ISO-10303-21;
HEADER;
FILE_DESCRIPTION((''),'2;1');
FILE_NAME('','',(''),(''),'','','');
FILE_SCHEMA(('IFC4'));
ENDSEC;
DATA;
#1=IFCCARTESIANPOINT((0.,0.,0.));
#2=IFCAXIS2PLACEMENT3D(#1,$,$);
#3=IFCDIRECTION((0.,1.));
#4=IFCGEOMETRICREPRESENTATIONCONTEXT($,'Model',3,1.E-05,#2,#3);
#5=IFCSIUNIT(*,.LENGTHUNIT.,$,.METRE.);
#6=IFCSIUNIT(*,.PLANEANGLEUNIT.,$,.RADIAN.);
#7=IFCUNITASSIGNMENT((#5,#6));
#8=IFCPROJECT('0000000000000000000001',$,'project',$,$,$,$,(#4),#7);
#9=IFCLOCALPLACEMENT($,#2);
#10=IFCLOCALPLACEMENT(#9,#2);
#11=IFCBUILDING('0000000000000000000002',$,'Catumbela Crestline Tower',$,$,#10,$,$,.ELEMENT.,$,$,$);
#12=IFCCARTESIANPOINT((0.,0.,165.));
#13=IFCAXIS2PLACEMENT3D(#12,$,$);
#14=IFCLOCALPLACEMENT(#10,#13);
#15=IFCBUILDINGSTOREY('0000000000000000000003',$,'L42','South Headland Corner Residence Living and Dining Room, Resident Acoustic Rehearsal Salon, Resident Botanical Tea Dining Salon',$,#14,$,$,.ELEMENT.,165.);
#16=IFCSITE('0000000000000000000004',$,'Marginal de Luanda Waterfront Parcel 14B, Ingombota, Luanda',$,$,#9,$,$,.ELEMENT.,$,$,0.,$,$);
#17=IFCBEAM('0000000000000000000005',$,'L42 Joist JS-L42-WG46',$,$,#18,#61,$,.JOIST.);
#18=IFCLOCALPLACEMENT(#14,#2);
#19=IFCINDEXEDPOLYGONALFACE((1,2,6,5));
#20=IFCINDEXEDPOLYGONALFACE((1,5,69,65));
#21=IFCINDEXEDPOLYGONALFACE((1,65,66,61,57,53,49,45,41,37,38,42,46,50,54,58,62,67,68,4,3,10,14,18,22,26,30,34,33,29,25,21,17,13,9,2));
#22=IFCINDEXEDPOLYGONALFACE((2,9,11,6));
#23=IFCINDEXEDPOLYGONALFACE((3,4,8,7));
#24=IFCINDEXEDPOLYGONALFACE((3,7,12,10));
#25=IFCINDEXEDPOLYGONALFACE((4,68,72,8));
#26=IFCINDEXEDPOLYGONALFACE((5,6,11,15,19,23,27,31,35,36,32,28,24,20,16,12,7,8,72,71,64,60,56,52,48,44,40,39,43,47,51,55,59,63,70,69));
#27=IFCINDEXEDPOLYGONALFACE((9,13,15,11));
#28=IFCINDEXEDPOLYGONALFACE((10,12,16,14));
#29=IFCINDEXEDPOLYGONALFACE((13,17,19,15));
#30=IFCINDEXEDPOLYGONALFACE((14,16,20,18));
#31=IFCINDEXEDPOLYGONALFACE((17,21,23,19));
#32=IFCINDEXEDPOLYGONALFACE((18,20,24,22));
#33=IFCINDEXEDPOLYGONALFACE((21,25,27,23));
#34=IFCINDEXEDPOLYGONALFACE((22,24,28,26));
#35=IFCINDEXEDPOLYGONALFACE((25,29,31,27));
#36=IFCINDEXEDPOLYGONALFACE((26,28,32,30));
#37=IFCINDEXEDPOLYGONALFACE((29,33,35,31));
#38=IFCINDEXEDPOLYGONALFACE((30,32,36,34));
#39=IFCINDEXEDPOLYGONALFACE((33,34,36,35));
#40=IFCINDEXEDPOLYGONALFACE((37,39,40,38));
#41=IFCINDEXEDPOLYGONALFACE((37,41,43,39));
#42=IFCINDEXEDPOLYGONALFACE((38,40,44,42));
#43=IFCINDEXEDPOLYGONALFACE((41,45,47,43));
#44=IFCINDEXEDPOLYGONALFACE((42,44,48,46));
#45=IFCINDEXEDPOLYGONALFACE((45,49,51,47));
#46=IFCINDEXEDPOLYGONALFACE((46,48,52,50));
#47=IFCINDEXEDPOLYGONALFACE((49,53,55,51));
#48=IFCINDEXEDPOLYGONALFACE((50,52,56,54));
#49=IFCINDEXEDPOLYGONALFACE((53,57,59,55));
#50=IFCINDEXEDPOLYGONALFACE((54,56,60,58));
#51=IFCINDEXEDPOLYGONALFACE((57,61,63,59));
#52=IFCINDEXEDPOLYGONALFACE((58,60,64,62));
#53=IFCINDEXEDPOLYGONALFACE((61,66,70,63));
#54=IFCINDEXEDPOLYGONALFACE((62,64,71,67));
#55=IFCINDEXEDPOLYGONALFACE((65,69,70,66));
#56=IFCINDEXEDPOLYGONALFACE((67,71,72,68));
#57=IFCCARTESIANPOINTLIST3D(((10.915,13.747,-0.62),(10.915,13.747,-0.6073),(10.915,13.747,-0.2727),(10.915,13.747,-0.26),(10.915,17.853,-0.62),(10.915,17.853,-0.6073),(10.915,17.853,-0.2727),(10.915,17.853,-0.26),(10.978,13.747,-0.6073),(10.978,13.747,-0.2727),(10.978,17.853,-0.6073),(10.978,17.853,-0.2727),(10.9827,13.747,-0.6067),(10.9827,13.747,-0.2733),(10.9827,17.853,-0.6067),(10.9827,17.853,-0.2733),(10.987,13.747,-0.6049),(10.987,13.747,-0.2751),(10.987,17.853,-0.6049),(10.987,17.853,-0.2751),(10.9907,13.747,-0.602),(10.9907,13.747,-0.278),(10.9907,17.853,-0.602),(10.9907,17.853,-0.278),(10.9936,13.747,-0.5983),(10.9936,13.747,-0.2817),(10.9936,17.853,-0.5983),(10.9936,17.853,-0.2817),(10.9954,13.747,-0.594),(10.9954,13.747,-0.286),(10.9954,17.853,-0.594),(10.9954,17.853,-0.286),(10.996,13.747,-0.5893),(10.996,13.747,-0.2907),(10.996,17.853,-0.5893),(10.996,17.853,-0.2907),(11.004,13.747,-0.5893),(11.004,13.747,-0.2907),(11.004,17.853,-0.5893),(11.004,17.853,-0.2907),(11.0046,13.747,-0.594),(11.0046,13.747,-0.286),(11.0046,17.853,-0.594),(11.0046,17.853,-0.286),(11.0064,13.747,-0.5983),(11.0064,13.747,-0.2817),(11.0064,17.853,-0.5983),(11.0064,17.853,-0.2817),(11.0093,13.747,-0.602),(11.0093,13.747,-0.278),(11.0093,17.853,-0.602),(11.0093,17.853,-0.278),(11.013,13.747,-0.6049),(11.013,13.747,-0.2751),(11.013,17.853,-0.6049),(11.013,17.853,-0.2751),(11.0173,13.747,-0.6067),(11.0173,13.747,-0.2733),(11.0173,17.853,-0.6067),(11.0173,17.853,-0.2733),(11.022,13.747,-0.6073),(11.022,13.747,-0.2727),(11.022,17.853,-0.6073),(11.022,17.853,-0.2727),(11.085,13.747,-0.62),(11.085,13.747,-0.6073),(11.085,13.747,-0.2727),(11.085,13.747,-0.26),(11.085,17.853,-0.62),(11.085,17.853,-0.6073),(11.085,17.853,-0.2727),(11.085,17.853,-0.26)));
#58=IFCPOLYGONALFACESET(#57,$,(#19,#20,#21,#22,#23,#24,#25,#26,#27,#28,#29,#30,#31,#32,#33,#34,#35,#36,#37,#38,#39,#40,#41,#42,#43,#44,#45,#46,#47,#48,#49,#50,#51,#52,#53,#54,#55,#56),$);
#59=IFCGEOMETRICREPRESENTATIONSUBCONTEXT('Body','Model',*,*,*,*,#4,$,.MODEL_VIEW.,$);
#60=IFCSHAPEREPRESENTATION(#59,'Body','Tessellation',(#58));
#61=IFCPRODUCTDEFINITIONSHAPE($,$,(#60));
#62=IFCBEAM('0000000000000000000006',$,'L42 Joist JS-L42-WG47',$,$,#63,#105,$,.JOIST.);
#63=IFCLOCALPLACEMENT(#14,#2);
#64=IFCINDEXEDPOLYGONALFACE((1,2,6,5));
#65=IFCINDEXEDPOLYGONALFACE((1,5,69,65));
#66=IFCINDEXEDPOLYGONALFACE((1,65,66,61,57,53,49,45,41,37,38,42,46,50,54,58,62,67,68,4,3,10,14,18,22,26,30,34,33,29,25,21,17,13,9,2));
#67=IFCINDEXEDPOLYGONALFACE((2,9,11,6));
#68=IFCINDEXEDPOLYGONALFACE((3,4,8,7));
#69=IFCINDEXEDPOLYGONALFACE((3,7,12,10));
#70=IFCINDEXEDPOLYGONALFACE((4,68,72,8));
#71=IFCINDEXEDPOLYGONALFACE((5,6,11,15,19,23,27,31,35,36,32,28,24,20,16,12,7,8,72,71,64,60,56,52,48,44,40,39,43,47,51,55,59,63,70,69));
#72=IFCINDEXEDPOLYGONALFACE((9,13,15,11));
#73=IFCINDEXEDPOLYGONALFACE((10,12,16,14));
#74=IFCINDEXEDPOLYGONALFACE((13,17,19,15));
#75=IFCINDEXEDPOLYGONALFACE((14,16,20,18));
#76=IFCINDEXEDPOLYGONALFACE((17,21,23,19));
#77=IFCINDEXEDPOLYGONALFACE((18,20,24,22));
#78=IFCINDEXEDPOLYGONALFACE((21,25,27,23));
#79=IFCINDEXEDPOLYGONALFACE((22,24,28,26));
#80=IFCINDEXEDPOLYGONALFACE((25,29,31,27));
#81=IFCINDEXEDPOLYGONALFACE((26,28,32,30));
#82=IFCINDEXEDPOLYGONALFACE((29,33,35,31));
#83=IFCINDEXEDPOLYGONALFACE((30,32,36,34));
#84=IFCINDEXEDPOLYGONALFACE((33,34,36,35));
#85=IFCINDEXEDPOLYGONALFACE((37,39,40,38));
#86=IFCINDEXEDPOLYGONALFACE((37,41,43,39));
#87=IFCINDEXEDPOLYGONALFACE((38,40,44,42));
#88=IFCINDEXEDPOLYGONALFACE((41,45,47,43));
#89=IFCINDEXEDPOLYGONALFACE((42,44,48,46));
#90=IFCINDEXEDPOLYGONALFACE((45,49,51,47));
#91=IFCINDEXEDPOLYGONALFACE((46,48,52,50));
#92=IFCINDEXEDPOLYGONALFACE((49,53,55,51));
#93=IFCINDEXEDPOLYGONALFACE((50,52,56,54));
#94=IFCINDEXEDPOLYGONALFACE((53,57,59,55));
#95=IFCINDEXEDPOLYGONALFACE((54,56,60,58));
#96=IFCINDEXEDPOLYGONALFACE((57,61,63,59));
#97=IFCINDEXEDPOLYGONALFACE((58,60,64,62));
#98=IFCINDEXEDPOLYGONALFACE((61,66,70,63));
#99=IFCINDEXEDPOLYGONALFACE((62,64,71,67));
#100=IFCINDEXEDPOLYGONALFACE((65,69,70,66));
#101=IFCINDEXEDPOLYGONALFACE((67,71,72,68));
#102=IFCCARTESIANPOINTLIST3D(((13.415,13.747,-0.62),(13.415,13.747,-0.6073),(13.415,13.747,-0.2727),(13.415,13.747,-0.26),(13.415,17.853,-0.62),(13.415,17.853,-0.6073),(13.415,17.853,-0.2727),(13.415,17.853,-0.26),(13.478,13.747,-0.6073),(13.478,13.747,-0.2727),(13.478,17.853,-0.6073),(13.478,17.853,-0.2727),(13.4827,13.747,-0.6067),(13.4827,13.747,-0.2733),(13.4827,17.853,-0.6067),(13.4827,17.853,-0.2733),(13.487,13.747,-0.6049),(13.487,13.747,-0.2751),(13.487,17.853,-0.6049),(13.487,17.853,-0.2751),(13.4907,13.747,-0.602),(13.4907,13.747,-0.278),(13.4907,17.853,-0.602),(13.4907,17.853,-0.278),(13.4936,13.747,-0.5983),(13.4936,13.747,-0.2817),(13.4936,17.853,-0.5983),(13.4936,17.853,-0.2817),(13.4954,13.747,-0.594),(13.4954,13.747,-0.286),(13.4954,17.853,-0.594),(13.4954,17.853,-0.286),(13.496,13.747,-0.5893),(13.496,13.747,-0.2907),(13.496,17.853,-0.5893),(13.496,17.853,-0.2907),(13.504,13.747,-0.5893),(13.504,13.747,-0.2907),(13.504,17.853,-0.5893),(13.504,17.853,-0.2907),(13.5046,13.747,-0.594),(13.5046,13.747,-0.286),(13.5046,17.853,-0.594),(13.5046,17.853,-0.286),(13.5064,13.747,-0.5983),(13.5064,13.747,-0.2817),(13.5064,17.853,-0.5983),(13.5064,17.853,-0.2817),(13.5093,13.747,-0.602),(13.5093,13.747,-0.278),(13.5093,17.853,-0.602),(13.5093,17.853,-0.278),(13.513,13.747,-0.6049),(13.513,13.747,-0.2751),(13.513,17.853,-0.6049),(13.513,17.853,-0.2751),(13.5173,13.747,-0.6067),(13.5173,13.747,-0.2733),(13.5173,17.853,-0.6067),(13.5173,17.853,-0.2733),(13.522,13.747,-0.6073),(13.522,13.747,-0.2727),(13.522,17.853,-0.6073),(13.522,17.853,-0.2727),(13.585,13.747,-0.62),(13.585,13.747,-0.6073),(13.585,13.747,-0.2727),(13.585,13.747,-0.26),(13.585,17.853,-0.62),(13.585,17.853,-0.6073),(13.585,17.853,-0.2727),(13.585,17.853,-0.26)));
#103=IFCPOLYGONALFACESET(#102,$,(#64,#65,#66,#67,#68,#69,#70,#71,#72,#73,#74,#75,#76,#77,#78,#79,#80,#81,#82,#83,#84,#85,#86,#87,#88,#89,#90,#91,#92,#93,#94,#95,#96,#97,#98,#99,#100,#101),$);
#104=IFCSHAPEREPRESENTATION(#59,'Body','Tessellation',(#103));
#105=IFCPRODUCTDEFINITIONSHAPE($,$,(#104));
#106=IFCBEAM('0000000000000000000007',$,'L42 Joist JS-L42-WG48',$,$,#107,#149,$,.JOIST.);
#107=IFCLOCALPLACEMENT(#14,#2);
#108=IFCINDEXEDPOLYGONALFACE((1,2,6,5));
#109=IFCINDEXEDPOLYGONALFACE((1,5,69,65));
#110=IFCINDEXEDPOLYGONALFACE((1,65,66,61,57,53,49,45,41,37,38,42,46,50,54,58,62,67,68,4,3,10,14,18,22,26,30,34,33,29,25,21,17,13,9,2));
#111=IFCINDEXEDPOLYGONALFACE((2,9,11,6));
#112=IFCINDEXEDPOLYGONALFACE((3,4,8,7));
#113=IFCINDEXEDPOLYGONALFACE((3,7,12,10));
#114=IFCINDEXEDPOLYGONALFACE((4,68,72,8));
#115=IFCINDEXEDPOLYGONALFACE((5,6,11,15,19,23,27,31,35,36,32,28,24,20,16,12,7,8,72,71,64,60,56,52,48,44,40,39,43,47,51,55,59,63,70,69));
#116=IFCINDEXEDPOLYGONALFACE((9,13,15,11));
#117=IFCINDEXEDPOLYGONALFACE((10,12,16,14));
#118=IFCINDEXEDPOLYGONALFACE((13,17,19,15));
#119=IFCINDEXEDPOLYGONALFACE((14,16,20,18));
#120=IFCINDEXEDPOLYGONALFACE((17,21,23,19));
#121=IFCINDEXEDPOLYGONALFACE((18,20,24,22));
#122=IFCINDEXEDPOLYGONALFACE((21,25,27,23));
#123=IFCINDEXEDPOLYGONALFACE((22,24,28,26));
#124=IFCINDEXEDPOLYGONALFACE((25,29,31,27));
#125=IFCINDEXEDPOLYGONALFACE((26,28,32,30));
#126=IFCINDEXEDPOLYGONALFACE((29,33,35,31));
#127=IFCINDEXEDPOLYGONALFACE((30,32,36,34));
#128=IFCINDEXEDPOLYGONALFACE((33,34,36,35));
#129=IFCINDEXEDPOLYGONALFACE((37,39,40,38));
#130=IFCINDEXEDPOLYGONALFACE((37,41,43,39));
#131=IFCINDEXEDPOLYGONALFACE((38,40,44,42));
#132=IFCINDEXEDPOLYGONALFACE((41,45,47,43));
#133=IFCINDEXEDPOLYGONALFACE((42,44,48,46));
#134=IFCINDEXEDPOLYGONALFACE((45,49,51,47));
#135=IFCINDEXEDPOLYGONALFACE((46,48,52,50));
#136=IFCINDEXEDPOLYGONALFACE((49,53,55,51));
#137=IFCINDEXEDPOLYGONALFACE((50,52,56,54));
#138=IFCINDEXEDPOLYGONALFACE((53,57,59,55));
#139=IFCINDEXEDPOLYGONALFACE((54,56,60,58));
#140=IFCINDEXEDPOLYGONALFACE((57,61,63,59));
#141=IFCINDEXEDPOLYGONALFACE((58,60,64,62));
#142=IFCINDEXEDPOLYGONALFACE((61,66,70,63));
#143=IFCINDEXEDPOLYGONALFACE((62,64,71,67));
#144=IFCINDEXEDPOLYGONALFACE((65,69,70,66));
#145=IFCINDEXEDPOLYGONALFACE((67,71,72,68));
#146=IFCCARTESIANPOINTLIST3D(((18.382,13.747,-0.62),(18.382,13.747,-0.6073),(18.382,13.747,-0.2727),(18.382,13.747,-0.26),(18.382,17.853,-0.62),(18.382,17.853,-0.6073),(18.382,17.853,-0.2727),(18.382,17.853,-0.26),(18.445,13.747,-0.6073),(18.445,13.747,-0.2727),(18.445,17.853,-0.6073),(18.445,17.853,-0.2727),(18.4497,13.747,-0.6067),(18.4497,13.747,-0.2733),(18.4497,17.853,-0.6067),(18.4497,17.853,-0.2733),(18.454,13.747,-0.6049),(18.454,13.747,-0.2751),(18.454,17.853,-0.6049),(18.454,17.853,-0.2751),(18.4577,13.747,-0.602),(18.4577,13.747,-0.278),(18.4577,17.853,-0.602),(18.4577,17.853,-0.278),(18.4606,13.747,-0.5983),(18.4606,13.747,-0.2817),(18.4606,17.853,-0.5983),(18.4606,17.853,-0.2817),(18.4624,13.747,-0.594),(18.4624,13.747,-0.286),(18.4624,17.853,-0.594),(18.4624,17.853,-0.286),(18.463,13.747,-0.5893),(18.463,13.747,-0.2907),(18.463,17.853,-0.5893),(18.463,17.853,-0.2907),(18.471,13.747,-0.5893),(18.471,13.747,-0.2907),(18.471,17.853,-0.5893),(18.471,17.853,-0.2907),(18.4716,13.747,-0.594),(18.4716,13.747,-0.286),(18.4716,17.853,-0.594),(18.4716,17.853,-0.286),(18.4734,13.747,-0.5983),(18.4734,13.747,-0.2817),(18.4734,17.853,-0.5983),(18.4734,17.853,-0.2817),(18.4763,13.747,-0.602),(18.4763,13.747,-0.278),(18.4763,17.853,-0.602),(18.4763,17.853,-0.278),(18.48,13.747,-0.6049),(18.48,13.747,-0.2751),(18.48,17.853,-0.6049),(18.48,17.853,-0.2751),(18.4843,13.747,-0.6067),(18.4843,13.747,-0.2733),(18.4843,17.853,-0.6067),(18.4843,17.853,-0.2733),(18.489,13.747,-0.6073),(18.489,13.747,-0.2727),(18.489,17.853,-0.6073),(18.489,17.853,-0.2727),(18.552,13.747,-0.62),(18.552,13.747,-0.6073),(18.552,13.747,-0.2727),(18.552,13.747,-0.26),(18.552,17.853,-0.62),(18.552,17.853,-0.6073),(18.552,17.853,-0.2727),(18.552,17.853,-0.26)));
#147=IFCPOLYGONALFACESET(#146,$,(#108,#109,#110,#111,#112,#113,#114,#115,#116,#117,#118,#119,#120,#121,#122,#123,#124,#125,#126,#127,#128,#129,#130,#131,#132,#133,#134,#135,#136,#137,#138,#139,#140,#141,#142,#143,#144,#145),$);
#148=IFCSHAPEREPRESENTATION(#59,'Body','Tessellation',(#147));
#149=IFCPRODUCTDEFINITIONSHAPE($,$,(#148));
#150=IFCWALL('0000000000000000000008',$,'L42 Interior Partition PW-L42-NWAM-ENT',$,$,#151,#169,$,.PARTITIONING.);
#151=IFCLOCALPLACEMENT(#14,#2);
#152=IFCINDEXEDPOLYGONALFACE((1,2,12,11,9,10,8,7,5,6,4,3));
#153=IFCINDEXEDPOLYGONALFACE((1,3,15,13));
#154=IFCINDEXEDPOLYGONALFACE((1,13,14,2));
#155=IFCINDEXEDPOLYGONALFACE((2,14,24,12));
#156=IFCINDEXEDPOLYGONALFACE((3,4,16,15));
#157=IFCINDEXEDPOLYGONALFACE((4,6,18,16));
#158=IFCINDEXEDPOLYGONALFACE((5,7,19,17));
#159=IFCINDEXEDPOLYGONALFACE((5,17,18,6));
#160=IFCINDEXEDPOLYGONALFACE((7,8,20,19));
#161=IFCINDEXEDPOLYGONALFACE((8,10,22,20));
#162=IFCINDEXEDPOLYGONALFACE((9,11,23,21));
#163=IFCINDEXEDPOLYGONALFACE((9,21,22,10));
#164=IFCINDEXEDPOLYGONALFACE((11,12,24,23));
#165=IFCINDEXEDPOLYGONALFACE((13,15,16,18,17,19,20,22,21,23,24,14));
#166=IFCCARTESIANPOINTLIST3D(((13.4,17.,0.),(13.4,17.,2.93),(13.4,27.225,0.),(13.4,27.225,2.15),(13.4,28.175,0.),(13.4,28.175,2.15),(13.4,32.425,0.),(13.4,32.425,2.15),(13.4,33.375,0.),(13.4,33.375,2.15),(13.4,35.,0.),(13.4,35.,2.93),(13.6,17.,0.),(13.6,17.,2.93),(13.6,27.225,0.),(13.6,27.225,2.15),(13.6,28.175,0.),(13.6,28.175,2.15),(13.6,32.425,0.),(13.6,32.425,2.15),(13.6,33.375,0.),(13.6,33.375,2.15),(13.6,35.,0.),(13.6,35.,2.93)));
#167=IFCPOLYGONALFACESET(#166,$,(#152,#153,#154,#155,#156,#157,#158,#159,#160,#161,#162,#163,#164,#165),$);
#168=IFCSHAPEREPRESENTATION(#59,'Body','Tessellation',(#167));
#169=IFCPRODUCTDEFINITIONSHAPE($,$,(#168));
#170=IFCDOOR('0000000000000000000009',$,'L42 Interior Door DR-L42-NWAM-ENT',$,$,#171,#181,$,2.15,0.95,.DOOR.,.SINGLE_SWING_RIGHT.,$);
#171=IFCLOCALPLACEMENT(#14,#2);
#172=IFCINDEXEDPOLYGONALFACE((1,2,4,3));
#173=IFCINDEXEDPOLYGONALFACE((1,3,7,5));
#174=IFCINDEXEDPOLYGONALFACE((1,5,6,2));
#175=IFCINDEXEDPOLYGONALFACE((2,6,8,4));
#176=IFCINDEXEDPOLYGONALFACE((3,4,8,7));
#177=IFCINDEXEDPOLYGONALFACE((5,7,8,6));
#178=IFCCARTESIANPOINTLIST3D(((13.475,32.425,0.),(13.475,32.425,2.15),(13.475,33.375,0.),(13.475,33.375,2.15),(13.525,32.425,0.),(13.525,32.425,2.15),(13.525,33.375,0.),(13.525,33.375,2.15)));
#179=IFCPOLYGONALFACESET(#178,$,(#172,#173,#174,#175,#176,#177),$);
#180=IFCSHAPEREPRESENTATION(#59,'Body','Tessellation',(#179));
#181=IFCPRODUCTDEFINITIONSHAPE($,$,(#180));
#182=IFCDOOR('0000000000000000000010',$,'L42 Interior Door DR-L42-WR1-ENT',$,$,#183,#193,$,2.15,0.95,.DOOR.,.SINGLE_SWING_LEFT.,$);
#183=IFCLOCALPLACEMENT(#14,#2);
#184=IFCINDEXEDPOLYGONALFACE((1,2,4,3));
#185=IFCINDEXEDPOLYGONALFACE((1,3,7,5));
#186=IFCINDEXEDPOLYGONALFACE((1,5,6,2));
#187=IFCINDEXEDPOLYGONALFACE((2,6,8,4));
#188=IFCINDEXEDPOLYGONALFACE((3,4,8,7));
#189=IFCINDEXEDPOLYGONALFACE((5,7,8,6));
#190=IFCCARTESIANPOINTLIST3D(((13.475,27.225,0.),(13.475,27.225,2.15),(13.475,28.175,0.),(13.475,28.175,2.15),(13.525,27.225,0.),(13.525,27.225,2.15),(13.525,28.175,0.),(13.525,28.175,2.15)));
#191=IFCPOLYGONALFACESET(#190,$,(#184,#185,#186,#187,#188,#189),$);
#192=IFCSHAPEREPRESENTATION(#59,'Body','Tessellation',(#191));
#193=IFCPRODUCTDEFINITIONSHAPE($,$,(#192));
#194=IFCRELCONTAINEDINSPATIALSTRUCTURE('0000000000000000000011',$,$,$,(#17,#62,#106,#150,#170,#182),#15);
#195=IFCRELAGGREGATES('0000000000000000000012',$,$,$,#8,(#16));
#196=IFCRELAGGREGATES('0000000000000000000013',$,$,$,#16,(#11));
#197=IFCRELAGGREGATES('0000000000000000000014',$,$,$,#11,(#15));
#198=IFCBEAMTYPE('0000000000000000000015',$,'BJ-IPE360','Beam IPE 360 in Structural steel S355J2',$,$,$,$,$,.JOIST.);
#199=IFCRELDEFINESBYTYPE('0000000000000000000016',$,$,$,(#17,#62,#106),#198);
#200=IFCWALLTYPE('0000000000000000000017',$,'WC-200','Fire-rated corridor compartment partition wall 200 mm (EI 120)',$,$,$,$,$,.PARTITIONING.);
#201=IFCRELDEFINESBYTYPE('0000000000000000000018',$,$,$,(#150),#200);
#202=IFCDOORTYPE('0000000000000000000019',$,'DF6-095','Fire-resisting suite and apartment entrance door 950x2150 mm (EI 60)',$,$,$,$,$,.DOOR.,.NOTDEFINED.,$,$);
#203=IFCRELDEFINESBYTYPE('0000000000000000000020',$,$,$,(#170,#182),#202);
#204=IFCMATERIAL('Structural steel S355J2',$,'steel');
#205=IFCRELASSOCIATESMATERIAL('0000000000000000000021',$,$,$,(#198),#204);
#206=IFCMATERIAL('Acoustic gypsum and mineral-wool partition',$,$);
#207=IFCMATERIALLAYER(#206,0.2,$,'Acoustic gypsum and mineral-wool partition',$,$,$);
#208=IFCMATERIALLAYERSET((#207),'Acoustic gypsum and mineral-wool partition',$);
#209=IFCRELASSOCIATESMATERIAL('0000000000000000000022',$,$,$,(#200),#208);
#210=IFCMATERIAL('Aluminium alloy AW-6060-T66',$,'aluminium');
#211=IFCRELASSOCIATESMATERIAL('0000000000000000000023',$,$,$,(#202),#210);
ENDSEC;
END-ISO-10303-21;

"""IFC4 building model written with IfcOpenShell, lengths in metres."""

from ifc_helpers import new_model, si_unit, direction, frame, frame_2d, origin, origin_2d, place, context, subcontext, project, spatial, rectangle, i_section, extrude, material, layer, layer_set, material_profile, profile_set, type_object, element, fill, save


model = new_model("IFC4")

# Units and contexts
model_context = context("Model", 3, precision=1e-05, world=origin(), true_north=direction((0.0, 1.0)))
body_context = subcontext(model_context, "Body", "Model", "MODEL_VIEW")
ifc_project = project(units=[si_unit("LENGTHUNIT", "METRE"), si_unit("PLANEANGLEUNIT", "RADIAN")], contexts=[model_context])

# Site, building, storey
site_placement = place(None, origin())
site = spatial("IfcSite", under=ifc_project, at=site_placement, Name="Marginal de Luanda Waterfront Parcel 14B, Ingombota, Luanda", CompositionType="ELEMENT", RefElevation=0.0)
building_placement = place(site_placement, origin())
building = spatial("IfcBuilding", under=site, at=building_placement, Name="Catumbela Crestline Tower", CompositionType="ELEMENT")
storey_placement = place(building_placement, frame((0.0, 0.0, 165.0)))
storey = spatial("IfcBuildingStorey", under=building, at=storey_placement, Name="L42", Description="South Headland Corner Residence Living and Dining Room, Resident Acoustic Rehearsal Salon, Resident Botanical Tea Dining Salon", CompositionType="ELEMENT", Elevation=165.0)

# Shared definitions
ifc_material_1 = material(Name="Structural steel S355J2", Category="steel")

# Beams
ifc_material_profile_1 = material_profile(ifc_material_1, i_section(OverallWidth=0.17, OverallDepth=0.36, WebThickness=0.008, FlangeThickness=0.0127, FilletRadius=0.018, at=origin_2d()), Name="IPE 360")
ifc_profile_set_1 = profile_set([ifc_material_profile_1], Name="Structural steel S355J2")
beam_type_1 = type_object("IfcBeamType", Name="BJ-IPE360", Description="Beam IPE 360 in Structural steel S355J2", PredefinedType="JOIST", material=ifc_profile_set_1)
for number, where, z_axis, x_axis, name in (
    (1, (11.0, 13.747, -0.44), (0.0, 1.0, 0.0), (-1.0, 0.0, 0.0), "L42 Joist JS-L42-WG46"),
    (2, (13.5, 13.747, -0.44), (0.0, 1.0, 0.0), (-1.0, 0.0, 0.0), "L42 Joist JS-L42-WG47"),
    (3, (18.467, 13.747, -0.44), (0.0, 1.0, 0.0), (-1.0, 0.0, 0.0), "L42 Joist JS-L42-WG48"),
):
    element("IfcBeam", number, at=place(storey_placement, frame(where, z_axis=z_axis, x_axis=x_axis)), inside=storey, type_object=beam_type_1, Name=name, PredefinedType="JOIST", context=body_context, shape_type="SweptSolid", body=[
        extrude(i_section(OverallWidth=0.17, OverallDepth=0.36, WebThickness=0.008, FlangeThickness=0.0127, FilletRadius=0.018, at=origin_2d()), origin(), (0.0, 0.0, 1.0), 4.106),
    ])

# Wall, openings, doors
ifc_material_2 = material(Name="Acoustic gypsum and mineral-wool partition")
ifc_layer_1 = layer(ifc_material_2, 0.2, Name="Acoustic gypsum and mineral-wool partition")
ifc_layer_set_1 = layer_set([ifc_layer_1], Name="Acoustic gypsum and mineral-wool partition")
wall_type_1 = type_object("IfcWallType", Name="WC-200", Description="Fire-rated corridor compartment partition wall 200 mm (EI 120)", PredefinedType="PARTITIONING", material=ifc_layer_set_1)
wall_1_placement = place(storey_placement, frame((13.5, 17.0, 0.0), z_axis=(0.0, 0.0, 1.0), x_axis=(0.0, 1.0, 0.0)))
wall_1 = element("IfcWall", 4, at=wall_1_placement, inside=storey, type_object=wall_type_1, Name="L42 Interior Partition PW-L42-NWAM-ENT", PredefinedType="PARTITIONING", context=body_context, shape_type="SweptSolid", body=[
    extrude(rectangle(XDim=18.0, YDim=0.2, at=frame_2d((9.0, 0.0))), origin(), (0.0, 0.0, 1.0), 2.93),
])
opening_1_placement = place(wall_1_placement, frame((15.425, 0.0, 0.0)))
opening_1 = element("IfcOpeningElement", 5, at=opening_1_placement, cuts=wall_1, PredefinedType="OPENING", context=body_context, shape_type="SweptSolid", body=[
    extrude(rectangle(XDim=0.95, YDim=2.15, at=frame_2d((0.475, 1.075))), frame((0.0, 0.11, 0.0), z_axis=(0.0, -1.0, 0.0), x_axis=(1.0, 0.0, 0.0)), (0.0, 0.0, 1.0), 0.22),
])
opening_2_placement = place(wall_1_placement, frame((10.225, 0.0, 0.0)))
opening_2 = element("IfcOpeningElement", 6, at=opening_2_placement, cuts=wall_1, PredefinedType="OPENING", context=body_context, shape_type="SweptSolid", body=[
    extrude(rectangle(XDim=0.95, YDim=2.15, at=frame_2d((0.475, 1.075))), frame((0.0, 0.11, 0.0), z_axis=(0.0, -1.0, 0.0), x_axis=(1.0, 0.0, 0.0)), (0.0, 0.0, 1.0), 0.22),
])
ifc_material_3 = material(Name="Aluminium alloy AW-6060-T66", Category="aluminium")
door_type_1 = type_object("IfcDoorType", Name="DF6-095", Description="Fire-resisting suite and apartment entrance door 950x2150 mm (EI 60)", OperationType="NOTDEFINED", PredefinedType="DOOR", material=ifc_material_3)
door_1_placement = place(opening_1_placement, origin())
door_1 = element("IfcDoor", 7, at=door_1_placement, inside=storey, type_object=door_type_1, Name="L42 Interior Door DR-L42-NWAM-ENT", OperationType="SINGLE_SWING_RIGHT", OverallHeight=2.15, OverallWidth=0.95, PredefinedType="DOOR", context=body_context, shape_type="SweptSolid", body=[
    extrude(rectangle(XDim=0.95, YDim=2.15, at=frame_2d((0.475, 1.075))), frame((0.0, 0.025, 0.0), z_axis=(0.0, -1.0, 0.0), x_axis=(1.0, 0.0, 0.0)), (0.0, 0.0, 1.0), 0.05),
])
fill(opening_1, door_1)
door_2_placement = place(opening_2_placement, origin())
door_2 = element("IfcDoor", 8, at=door_2_placement, inside=storey, type_object=door_type_1, Name="L42 Interior Door DR-L42-WR1-ENT", OperationType="SINGLE_SWING_LEFT", OverallHeight=2.15, OverallWidth=0.95, PredefinedType="DOOR", context=body_context, shape_type="SweptSolid", body=[
    extrude(rectangle(XDim=0.95, YDim=2.15, at=frame_2d((0.475, 1.075))), frame((0.0, 0.025, 0.0), z_axis=(0.0, -1.0, 0.0), x_axis=(1.0, 0.0, 0.0)), (0.0, 0.0, 1.0), 0.05),
])
fill(opening_2, door_2)

save(model, "model.ifc")
